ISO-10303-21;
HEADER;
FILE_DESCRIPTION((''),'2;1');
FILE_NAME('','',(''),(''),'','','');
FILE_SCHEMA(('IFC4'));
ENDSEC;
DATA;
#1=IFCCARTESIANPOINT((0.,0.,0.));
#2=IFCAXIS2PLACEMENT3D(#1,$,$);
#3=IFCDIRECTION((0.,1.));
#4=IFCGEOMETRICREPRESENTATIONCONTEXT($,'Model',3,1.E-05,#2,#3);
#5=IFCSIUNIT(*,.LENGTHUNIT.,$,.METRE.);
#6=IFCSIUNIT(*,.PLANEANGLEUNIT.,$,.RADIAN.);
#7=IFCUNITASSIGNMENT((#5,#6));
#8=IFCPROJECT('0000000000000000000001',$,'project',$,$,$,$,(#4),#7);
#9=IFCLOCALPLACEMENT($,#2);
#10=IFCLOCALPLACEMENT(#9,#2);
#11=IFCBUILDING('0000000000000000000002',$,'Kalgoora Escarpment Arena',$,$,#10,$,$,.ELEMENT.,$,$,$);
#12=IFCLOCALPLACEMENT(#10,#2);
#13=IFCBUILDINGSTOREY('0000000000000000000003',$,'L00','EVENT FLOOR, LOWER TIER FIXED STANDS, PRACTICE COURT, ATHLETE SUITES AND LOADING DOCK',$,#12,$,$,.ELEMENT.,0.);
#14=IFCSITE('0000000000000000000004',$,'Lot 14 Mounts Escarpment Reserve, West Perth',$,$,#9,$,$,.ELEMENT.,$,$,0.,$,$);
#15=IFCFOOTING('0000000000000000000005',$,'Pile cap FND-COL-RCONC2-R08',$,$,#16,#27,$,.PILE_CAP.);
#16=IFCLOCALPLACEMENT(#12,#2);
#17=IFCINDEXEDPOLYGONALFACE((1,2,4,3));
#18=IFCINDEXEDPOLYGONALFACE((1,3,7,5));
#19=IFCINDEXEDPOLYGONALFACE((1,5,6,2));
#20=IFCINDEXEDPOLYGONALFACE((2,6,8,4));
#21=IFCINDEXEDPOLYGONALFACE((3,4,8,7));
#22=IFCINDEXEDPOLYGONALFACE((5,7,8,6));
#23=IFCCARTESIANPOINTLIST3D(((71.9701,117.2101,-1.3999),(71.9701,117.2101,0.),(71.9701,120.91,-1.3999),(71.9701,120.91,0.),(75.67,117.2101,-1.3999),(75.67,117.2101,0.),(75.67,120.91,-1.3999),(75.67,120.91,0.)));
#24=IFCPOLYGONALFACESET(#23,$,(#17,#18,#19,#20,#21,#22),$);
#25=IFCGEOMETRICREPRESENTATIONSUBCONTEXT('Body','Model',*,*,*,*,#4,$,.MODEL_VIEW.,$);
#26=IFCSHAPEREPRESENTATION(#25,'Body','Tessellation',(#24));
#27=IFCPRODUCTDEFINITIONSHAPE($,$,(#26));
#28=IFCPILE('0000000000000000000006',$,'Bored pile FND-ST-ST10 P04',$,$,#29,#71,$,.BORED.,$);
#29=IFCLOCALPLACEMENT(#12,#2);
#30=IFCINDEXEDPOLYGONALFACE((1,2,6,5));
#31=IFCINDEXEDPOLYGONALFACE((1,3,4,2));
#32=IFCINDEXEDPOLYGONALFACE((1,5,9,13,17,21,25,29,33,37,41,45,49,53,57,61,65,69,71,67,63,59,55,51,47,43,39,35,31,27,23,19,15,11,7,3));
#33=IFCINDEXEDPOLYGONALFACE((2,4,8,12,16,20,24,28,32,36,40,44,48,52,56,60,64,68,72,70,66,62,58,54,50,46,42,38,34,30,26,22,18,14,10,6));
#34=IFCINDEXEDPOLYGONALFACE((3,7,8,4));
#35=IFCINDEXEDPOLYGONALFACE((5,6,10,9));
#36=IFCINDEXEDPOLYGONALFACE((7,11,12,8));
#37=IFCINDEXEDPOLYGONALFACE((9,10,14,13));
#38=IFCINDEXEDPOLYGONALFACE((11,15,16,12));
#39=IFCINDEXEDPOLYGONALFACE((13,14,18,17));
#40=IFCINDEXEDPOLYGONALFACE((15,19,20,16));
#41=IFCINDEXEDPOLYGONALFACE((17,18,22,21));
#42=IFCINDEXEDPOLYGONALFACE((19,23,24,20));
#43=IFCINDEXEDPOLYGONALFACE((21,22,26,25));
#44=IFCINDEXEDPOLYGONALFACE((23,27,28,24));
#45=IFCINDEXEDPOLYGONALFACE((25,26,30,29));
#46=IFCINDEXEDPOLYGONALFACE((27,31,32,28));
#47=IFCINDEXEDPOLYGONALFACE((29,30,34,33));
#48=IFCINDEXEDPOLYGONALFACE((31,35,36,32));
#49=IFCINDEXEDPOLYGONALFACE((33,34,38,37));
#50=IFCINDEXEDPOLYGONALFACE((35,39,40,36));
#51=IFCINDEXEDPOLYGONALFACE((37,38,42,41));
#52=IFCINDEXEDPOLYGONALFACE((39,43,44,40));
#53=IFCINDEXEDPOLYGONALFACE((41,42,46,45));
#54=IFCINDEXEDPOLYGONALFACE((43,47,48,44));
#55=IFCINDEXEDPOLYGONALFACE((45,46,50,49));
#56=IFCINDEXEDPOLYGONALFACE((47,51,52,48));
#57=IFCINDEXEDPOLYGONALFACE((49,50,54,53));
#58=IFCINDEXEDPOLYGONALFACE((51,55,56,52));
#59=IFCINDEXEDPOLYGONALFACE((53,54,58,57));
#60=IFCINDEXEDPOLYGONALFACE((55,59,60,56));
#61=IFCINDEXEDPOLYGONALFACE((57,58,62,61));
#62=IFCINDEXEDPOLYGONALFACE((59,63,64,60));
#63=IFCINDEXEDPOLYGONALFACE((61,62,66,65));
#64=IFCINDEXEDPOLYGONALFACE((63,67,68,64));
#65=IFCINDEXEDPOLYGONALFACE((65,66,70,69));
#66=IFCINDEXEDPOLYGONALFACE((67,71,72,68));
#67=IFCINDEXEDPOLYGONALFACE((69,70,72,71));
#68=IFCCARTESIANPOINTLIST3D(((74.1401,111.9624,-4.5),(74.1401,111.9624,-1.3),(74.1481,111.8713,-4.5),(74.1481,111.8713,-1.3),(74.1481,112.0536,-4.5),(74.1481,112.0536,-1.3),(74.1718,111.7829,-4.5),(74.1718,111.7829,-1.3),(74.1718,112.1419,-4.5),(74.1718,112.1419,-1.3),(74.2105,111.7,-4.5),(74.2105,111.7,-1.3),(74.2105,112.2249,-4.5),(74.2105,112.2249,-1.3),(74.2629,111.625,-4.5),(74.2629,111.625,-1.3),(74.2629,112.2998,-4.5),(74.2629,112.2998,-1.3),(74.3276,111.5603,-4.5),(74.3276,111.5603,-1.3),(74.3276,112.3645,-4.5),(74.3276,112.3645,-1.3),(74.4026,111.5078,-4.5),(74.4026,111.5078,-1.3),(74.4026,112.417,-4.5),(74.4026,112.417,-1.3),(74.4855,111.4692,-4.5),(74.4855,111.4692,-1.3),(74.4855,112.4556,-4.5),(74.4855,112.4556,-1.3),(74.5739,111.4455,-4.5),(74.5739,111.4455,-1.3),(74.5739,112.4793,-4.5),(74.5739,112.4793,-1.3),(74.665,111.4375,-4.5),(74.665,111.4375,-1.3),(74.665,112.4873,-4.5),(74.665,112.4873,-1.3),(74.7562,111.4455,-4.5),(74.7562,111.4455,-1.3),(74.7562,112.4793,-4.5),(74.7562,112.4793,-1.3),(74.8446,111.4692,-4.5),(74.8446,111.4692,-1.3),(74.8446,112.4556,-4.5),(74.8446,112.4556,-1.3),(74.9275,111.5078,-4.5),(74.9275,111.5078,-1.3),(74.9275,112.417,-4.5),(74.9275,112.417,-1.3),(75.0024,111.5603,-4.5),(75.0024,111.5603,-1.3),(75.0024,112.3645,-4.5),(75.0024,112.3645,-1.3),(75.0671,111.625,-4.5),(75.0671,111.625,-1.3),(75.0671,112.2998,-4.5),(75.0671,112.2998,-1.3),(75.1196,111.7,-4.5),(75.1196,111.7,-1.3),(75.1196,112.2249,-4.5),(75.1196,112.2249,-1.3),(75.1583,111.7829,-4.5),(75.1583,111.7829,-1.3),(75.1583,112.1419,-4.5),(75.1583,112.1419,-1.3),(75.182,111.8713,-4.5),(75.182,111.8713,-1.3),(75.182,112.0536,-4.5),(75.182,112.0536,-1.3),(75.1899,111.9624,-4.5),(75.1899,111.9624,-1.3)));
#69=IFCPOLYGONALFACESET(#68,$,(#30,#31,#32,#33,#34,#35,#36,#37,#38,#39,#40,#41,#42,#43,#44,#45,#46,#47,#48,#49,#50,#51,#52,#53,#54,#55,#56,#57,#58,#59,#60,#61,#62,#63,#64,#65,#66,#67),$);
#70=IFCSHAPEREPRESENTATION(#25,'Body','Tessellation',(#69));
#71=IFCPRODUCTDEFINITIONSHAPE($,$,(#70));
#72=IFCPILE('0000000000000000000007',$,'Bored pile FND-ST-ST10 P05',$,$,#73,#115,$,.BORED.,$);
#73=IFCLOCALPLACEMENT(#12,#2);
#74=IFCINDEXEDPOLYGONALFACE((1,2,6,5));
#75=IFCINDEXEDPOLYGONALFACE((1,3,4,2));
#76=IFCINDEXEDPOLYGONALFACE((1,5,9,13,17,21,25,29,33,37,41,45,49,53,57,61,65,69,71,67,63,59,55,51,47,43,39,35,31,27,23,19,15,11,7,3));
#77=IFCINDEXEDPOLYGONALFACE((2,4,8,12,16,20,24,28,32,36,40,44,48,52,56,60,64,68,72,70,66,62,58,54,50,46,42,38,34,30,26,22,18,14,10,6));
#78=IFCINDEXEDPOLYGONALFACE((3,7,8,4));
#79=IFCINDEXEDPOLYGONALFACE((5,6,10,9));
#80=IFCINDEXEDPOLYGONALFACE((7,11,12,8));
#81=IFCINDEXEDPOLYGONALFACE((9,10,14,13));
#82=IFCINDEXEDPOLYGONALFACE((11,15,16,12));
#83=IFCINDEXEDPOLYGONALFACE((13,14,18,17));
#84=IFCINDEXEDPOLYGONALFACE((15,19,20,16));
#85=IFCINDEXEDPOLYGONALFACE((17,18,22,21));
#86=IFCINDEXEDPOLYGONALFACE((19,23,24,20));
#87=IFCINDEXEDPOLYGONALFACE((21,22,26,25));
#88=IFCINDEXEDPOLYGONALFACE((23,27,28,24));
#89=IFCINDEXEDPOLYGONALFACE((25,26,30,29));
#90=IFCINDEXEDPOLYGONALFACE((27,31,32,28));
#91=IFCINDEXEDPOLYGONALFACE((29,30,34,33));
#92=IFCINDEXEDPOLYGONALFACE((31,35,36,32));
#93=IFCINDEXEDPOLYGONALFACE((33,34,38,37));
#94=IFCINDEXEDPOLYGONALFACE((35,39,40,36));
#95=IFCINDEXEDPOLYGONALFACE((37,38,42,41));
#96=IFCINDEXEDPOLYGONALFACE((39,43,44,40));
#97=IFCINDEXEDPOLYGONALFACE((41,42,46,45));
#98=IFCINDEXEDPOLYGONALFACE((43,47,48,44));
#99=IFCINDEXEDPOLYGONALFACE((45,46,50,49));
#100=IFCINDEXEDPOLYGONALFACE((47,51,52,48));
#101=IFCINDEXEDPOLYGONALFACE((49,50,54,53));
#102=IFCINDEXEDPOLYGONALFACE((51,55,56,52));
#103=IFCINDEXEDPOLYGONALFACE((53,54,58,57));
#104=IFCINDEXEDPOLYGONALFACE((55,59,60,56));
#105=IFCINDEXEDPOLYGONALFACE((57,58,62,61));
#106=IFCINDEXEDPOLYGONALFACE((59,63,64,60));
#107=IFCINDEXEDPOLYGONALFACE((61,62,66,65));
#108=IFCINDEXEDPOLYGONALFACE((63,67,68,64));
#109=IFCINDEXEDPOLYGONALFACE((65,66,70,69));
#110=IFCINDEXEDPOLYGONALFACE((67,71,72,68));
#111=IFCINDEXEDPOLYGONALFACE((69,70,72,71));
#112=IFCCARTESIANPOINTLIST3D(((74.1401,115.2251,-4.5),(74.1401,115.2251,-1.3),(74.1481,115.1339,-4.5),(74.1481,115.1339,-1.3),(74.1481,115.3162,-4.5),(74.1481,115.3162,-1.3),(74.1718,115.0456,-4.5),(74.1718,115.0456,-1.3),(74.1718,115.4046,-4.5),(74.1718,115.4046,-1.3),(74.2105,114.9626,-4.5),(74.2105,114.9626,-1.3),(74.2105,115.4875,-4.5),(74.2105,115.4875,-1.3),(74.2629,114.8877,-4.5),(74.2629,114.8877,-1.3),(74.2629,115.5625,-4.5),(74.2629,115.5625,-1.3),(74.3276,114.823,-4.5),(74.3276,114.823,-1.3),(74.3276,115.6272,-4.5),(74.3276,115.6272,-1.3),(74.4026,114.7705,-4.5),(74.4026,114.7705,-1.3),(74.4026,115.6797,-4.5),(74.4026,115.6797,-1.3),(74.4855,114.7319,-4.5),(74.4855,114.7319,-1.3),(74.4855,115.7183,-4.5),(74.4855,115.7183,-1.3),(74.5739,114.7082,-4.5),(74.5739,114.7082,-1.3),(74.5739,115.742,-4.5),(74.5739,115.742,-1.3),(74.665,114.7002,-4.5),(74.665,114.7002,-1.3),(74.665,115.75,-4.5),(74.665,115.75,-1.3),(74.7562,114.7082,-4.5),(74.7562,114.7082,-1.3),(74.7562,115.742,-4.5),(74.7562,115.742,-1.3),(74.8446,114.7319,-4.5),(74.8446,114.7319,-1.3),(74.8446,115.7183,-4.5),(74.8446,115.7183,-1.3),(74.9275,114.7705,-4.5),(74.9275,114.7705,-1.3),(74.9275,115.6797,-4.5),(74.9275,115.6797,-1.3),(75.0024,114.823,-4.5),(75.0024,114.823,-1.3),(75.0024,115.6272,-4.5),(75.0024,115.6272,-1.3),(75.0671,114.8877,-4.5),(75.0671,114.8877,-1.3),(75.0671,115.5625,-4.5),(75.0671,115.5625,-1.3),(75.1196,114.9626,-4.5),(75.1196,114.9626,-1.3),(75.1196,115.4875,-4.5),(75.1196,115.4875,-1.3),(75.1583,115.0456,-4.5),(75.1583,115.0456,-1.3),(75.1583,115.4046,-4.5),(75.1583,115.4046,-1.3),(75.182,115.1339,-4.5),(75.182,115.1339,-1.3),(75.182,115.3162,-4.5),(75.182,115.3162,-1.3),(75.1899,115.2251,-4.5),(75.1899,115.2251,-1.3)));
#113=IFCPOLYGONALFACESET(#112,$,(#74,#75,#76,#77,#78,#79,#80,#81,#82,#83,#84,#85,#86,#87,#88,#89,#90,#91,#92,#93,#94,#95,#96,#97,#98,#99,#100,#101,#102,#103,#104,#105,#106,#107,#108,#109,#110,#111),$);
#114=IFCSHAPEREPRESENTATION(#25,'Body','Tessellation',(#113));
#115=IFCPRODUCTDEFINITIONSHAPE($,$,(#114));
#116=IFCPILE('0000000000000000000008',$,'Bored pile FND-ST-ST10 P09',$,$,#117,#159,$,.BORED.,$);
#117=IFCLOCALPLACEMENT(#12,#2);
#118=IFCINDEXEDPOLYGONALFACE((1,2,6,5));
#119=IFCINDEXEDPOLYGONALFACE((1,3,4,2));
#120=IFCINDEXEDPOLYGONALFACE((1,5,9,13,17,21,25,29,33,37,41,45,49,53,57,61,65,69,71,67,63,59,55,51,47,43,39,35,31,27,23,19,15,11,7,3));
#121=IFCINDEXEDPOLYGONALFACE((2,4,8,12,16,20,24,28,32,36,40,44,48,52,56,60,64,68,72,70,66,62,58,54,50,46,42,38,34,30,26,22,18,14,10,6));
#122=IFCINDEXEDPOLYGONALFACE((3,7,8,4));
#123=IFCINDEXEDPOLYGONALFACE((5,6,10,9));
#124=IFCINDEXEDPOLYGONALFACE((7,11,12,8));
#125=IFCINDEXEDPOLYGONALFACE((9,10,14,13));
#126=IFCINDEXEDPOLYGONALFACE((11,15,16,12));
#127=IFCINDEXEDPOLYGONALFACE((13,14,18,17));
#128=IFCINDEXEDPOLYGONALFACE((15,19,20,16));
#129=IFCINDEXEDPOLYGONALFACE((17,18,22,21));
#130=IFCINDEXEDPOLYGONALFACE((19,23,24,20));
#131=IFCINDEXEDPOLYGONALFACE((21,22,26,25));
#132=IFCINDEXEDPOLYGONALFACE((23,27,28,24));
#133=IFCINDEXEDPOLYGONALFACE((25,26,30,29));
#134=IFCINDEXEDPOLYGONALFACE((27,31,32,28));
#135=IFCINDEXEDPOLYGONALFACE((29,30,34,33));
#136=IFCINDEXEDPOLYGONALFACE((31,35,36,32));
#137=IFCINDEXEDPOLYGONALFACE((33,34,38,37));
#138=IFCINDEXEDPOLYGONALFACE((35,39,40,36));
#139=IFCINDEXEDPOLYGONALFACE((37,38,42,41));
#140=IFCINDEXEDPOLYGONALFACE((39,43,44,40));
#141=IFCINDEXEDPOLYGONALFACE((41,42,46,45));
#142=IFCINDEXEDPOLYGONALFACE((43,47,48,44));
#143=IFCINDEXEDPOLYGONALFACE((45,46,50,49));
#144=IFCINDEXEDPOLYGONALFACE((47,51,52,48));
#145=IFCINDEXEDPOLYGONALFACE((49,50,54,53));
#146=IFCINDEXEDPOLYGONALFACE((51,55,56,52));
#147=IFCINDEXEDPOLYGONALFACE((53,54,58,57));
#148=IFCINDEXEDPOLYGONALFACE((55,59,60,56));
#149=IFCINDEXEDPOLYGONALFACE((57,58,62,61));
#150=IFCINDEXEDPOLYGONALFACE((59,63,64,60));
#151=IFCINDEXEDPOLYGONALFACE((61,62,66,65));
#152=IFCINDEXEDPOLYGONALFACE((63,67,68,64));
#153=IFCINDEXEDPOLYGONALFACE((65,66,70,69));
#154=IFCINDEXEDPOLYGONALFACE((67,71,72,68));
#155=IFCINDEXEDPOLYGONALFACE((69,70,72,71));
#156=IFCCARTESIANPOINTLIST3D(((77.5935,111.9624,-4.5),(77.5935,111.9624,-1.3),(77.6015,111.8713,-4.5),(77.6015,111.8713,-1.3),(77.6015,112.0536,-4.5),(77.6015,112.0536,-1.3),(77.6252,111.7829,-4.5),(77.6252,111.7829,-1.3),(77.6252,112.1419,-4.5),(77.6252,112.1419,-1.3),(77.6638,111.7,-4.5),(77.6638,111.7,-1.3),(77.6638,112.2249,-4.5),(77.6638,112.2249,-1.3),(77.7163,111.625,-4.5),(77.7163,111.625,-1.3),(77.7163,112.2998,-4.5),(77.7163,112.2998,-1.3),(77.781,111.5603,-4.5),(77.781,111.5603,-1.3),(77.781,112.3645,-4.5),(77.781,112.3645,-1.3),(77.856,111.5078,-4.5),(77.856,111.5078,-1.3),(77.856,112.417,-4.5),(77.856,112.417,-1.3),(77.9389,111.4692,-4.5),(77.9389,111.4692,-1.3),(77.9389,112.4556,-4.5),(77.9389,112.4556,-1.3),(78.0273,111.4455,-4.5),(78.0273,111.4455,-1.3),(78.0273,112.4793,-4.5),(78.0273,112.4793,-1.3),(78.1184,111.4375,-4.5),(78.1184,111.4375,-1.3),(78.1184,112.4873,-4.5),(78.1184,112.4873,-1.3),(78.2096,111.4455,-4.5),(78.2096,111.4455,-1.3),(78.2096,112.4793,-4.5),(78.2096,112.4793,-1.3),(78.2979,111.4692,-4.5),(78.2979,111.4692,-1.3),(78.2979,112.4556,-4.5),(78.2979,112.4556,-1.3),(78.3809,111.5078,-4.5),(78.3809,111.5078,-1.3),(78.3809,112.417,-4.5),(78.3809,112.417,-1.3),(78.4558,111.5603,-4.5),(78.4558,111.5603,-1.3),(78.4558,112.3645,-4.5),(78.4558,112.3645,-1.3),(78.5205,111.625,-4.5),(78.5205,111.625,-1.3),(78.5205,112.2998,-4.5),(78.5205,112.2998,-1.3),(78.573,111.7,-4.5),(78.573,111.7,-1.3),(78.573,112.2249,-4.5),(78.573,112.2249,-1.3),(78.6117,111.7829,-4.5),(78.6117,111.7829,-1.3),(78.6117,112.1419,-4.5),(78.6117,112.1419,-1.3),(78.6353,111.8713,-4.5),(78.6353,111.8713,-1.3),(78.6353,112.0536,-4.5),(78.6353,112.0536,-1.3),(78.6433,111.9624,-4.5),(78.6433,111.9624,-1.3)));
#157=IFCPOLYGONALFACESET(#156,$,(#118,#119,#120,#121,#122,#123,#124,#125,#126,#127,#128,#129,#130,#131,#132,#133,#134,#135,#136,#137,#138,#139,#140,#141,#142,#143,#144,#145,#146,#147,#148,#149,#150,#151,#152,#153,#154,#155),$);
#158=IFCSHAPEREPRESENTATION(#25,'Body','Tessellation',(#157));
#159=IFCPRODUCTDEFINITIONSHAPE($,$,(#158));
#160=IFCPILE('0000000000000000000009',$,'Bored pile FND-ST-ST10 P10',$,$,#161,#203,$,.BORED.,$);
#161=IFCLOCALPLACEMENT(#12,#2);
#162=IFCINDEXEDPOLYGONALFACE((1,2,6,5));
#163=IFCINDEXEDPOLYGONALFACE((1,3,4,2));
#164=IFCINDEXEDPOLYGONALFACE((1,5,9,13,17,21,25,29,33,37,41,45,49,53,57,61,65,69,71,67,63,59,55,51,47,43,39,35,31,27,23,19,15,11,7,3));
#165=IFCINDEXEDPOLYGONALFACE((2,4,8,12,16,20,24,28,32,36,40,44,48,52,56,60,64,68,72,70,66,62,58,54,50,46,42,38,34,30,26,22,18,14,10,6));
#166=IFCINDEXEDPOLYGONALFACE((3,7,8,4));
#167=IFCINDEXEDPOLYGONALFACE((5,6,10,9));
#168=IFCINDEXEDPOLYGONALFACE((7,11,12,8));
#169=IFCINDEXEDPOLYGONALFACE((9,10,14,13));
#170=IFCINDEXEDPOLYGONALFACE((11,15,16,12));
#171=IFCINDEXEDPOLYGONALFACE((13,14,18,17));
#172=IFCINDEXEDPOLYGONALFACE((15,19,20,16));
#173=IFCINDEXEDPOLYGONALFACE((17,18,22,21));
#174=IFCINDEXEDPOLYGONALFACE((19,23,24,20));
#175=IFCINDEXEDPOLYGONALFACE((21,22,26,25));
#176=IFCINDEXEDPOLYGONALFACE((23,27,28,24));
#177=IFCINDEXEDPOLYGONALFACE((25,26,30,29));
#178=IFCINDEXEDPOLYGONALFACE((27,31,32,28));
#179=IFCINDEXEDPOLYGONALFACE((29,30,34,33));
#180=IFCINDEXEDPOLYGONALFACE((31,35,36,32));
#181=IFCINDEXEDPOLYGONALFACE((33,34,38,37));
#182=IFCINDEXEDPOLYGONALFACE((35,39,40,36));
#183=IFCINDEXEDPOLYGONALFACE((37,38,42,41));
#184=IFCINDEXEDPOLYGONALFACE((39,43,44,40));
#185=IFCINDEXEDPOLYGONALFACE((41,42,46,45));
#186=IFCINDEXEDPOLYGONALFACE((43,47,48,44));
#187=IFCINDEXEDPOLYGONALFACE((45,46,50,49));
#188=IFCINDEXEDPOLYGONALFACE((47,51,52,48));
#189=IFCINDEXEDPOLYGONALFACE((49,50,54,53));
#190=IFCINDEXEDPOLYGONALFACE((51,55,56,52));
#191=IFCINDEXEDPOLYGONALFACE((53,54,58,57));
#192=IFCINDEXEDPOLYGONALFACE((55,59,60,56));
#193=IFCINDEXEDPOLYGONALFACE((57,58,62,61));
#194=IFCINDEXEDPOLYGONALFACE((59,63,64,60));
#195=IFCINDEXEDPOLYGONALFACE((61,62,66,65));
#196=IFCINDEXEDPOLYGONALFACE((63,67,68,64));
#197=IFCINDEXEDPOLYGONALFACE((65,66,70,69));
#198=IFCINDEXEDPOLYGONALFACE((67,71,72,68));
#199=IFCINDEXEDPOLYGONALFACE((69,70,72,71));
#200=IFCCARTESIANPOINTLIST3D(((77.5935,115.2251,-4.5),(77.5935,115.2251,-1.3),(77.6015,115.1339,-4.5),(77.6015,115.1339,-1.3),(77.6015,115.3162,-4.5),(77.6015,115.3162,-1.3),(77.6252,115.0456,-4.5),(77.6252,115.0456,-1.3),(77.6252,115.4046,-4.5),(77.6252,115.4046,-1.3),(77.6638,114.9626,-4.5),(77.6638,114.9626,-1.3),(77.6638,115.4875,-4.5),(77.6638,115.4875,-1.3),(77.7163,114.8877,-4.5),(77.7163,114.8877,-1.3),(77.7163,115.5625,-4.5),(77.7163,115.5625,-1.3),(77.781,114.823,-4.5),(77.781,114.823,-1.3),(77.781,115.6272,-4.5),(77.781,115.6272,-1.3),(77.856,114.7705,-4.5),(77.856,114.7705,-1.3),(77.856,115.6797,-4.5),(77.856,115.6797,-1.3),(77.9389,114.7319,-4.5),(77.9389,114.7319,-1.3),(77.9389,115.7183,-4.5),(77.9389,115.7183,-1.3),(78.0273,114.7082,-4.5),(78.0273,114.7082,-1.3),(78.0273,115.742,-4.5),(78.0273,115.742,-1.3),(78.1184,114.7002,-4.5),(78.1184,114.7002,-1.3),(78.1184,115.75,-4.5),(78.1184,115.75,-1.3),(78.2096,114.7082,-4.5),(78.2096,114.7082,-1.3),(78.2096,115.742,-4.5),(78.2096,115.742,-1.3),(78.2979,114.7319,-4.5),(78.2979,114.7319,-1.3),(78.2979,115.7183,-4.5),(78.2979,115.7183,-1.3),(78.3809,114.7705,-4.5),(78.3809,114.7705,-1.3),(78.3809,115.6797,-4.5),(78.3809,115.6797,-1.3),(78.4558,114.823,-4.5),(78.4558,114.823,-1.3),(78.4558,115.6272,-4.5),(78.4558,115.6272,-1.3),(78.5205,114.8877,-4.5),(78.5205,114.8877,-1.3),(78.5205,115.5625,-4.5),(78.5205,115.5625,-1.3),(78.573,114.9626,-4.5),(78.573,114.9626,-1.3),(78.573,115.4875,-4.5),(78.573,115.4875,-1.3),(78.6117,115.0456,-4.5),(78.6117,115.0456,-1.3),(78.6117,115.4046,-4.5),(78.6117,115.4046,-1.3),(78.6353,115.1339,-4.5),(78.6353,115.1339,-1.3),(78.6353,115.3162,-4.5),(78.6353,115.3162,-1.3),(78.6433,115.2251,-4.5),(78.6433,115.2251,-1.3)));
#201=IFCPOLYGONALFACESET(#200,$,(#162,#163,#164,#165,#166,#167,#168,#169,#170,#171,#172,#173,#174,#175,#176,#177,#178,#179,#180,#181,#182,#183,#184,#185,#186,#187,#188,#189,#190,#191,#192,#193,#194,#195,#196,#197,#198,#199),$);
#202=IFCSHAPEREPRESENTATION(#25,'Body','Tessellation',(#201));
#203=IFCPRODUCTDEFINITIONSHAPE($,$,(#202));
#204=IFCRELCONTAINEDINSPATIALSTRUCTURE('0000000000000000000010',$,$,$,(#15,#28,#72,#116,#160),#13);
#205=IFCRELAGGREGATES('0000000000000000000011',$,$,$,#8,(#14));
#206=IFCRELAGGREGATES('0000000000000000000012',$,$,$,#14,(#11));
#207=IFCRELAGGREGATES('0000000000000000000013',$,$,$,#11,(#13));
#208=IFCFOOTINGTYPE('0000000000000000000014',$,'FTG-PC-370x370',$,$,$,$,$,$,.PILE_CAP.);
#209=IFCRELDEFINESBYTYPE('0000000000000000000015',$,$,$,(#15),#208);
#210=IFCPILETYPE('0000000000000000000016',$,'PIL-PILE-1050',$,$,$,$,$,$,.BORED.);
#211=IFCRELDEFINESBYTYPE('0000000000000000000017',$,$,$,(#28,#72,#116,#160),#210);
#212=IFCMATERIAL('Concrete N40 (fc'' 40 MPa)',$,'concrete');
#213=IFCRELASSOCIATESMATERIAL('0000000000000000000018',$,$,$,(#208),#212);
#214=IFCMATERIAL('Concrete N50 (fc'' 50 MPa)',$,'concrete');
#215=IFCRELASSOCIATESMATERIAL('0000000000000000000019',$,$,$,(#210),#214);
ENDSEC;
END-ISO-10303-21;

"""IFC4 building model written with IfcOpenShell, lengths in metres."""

from ifc_helpers import new_model, si_unit, direction, frame, origin, origin_2d, place, context, subcontext, project, spatial, rectangle, circle, extrude, material, material_profile, profile_set, type_object, element, save


model = new_model("IFC4")

# Units and contexts
model_context = context("Model", 3, precision=1e-05, world=origin(), true_north=direction((0.0, 1.0)))
body_context = subcontext(model_context, "Body", "Model", "MODEL_VIEW")
ifc_project = project(units=[si_unit("LENGTHUNIT", "METRE"), si_unit("PLANEANGLEUNIT", "RADIAN")], contexts=[model_context])

# Site, building, storey
site_placement = place(None, origin())
site = spatial("IfcSite", under=ifc_project, at=site_placement, Name="Lot 14 Mounts Escarpment Reserve, West Perth", CompositionType="ELEMENT", RefElevation=0.0)
building_placement = place(site_placement, origin())
building = spatial("IfcBuilding", under=site, at=building_placement, Name="Kalgoora Escarpment Arena", CompositionType="ELEMENT")
storey_placement = place(building_placement, origin())
storey = spatial("IfcBuildingStorey", under=building, at=storey_placement, Name="L00", Description="EVENT FLOOR, LOWER TIER FIXED STANDS, PRACTICE COURT, ATHLETE SUITES AND LOADING DOCK", CompositionType="ELEMENT", Elevation=0.0)

# Footing
ifc_material_1 = material(Name="Concrete N40 (fc' 40 MPa)", Category="concrete")
footing_type = type_object("IfcFootingType", Name="FTG-PC-370x370", PredefinedType="PILE_CAP", material=ifc_material_1)
footing_placement = place(storey_placement, frame((73.8201, 119.0601, -1.3999), z_axis=(0.0, 0.0, 1.0), x_axis=(1.0, 0.0, 0.0)))
element("IfcFooting", 1, at=footing_placement, inside=storey, type_object=footing_type, Name="Pile cap FND-COL-RCONC2-R08", PredefinedType="PILE_CAP", context=body_context, shape_type="SweptSolid", body=[
    extrude(rectangle(XDim=3.7, YDim=3.7, at=origin_2d()), origin(), (0.0, 0.0, 1.0), 1.3999),
])

# Piles
ifc_material_2 = material(Name="Concrete N50 (fc' 50 MPa)", Category="concrete")
ifc_material_profile_1 = material_profile(ifc_material_2, circle(Radius=0.5249, at=origin_2d()))
ifc_profile_set_1 = profile_set([ifc_material_profile_1], Name="Concrete N50 (fc' 50 MPa)")
pile_type_1 = type_object("IfcPileType", Name="PIL-PILE-1050", PredefinedType="BORED", material=ifc_profile_set_1)
for number, where, z_axis, x_axis, name in (
    (2, (74.665, 111.9624, -1.3), (0.0, 0.0, -1.0), (1.0, 0.0, 0.0), "Bored pile FND-ST-ST10 P04"),
    (3, (74.665, 115.2251, -1.3), (0.0, 0.0, -1.0), (1.0, 0.0, 0.0), "Bored pile FND-ST-ST10 P05"),
    (4, (78.1184, 111.9624, -1.3), (0.0, 0.0, -1.0), (1.0, 0.0, 0.0), "Bored pile FND-ST-ST10 P09"),
    (5, (78.1184, 115.2251, -1.3), (0.0, 0.0, -1.0), (1.0, 0.0, 0.0), "Bored pile FND-ST-ST10 P10"),
):
    element("IfcPile", number, at=place(storey_placement, frame(where, z_axis=z_axis, x_axis=x_axis)), inside=storey, type_object=pile_type_1, Name=name, PredefinedType="BORED", context=body_context, shape_type="SweptSolid", body=[
        extrude(circle(Radius=0.5249, at=origin_2d()), origin(), (0.0, 0.0, 1.0), 3.2),
    ])

save(model, "model.ifc")
